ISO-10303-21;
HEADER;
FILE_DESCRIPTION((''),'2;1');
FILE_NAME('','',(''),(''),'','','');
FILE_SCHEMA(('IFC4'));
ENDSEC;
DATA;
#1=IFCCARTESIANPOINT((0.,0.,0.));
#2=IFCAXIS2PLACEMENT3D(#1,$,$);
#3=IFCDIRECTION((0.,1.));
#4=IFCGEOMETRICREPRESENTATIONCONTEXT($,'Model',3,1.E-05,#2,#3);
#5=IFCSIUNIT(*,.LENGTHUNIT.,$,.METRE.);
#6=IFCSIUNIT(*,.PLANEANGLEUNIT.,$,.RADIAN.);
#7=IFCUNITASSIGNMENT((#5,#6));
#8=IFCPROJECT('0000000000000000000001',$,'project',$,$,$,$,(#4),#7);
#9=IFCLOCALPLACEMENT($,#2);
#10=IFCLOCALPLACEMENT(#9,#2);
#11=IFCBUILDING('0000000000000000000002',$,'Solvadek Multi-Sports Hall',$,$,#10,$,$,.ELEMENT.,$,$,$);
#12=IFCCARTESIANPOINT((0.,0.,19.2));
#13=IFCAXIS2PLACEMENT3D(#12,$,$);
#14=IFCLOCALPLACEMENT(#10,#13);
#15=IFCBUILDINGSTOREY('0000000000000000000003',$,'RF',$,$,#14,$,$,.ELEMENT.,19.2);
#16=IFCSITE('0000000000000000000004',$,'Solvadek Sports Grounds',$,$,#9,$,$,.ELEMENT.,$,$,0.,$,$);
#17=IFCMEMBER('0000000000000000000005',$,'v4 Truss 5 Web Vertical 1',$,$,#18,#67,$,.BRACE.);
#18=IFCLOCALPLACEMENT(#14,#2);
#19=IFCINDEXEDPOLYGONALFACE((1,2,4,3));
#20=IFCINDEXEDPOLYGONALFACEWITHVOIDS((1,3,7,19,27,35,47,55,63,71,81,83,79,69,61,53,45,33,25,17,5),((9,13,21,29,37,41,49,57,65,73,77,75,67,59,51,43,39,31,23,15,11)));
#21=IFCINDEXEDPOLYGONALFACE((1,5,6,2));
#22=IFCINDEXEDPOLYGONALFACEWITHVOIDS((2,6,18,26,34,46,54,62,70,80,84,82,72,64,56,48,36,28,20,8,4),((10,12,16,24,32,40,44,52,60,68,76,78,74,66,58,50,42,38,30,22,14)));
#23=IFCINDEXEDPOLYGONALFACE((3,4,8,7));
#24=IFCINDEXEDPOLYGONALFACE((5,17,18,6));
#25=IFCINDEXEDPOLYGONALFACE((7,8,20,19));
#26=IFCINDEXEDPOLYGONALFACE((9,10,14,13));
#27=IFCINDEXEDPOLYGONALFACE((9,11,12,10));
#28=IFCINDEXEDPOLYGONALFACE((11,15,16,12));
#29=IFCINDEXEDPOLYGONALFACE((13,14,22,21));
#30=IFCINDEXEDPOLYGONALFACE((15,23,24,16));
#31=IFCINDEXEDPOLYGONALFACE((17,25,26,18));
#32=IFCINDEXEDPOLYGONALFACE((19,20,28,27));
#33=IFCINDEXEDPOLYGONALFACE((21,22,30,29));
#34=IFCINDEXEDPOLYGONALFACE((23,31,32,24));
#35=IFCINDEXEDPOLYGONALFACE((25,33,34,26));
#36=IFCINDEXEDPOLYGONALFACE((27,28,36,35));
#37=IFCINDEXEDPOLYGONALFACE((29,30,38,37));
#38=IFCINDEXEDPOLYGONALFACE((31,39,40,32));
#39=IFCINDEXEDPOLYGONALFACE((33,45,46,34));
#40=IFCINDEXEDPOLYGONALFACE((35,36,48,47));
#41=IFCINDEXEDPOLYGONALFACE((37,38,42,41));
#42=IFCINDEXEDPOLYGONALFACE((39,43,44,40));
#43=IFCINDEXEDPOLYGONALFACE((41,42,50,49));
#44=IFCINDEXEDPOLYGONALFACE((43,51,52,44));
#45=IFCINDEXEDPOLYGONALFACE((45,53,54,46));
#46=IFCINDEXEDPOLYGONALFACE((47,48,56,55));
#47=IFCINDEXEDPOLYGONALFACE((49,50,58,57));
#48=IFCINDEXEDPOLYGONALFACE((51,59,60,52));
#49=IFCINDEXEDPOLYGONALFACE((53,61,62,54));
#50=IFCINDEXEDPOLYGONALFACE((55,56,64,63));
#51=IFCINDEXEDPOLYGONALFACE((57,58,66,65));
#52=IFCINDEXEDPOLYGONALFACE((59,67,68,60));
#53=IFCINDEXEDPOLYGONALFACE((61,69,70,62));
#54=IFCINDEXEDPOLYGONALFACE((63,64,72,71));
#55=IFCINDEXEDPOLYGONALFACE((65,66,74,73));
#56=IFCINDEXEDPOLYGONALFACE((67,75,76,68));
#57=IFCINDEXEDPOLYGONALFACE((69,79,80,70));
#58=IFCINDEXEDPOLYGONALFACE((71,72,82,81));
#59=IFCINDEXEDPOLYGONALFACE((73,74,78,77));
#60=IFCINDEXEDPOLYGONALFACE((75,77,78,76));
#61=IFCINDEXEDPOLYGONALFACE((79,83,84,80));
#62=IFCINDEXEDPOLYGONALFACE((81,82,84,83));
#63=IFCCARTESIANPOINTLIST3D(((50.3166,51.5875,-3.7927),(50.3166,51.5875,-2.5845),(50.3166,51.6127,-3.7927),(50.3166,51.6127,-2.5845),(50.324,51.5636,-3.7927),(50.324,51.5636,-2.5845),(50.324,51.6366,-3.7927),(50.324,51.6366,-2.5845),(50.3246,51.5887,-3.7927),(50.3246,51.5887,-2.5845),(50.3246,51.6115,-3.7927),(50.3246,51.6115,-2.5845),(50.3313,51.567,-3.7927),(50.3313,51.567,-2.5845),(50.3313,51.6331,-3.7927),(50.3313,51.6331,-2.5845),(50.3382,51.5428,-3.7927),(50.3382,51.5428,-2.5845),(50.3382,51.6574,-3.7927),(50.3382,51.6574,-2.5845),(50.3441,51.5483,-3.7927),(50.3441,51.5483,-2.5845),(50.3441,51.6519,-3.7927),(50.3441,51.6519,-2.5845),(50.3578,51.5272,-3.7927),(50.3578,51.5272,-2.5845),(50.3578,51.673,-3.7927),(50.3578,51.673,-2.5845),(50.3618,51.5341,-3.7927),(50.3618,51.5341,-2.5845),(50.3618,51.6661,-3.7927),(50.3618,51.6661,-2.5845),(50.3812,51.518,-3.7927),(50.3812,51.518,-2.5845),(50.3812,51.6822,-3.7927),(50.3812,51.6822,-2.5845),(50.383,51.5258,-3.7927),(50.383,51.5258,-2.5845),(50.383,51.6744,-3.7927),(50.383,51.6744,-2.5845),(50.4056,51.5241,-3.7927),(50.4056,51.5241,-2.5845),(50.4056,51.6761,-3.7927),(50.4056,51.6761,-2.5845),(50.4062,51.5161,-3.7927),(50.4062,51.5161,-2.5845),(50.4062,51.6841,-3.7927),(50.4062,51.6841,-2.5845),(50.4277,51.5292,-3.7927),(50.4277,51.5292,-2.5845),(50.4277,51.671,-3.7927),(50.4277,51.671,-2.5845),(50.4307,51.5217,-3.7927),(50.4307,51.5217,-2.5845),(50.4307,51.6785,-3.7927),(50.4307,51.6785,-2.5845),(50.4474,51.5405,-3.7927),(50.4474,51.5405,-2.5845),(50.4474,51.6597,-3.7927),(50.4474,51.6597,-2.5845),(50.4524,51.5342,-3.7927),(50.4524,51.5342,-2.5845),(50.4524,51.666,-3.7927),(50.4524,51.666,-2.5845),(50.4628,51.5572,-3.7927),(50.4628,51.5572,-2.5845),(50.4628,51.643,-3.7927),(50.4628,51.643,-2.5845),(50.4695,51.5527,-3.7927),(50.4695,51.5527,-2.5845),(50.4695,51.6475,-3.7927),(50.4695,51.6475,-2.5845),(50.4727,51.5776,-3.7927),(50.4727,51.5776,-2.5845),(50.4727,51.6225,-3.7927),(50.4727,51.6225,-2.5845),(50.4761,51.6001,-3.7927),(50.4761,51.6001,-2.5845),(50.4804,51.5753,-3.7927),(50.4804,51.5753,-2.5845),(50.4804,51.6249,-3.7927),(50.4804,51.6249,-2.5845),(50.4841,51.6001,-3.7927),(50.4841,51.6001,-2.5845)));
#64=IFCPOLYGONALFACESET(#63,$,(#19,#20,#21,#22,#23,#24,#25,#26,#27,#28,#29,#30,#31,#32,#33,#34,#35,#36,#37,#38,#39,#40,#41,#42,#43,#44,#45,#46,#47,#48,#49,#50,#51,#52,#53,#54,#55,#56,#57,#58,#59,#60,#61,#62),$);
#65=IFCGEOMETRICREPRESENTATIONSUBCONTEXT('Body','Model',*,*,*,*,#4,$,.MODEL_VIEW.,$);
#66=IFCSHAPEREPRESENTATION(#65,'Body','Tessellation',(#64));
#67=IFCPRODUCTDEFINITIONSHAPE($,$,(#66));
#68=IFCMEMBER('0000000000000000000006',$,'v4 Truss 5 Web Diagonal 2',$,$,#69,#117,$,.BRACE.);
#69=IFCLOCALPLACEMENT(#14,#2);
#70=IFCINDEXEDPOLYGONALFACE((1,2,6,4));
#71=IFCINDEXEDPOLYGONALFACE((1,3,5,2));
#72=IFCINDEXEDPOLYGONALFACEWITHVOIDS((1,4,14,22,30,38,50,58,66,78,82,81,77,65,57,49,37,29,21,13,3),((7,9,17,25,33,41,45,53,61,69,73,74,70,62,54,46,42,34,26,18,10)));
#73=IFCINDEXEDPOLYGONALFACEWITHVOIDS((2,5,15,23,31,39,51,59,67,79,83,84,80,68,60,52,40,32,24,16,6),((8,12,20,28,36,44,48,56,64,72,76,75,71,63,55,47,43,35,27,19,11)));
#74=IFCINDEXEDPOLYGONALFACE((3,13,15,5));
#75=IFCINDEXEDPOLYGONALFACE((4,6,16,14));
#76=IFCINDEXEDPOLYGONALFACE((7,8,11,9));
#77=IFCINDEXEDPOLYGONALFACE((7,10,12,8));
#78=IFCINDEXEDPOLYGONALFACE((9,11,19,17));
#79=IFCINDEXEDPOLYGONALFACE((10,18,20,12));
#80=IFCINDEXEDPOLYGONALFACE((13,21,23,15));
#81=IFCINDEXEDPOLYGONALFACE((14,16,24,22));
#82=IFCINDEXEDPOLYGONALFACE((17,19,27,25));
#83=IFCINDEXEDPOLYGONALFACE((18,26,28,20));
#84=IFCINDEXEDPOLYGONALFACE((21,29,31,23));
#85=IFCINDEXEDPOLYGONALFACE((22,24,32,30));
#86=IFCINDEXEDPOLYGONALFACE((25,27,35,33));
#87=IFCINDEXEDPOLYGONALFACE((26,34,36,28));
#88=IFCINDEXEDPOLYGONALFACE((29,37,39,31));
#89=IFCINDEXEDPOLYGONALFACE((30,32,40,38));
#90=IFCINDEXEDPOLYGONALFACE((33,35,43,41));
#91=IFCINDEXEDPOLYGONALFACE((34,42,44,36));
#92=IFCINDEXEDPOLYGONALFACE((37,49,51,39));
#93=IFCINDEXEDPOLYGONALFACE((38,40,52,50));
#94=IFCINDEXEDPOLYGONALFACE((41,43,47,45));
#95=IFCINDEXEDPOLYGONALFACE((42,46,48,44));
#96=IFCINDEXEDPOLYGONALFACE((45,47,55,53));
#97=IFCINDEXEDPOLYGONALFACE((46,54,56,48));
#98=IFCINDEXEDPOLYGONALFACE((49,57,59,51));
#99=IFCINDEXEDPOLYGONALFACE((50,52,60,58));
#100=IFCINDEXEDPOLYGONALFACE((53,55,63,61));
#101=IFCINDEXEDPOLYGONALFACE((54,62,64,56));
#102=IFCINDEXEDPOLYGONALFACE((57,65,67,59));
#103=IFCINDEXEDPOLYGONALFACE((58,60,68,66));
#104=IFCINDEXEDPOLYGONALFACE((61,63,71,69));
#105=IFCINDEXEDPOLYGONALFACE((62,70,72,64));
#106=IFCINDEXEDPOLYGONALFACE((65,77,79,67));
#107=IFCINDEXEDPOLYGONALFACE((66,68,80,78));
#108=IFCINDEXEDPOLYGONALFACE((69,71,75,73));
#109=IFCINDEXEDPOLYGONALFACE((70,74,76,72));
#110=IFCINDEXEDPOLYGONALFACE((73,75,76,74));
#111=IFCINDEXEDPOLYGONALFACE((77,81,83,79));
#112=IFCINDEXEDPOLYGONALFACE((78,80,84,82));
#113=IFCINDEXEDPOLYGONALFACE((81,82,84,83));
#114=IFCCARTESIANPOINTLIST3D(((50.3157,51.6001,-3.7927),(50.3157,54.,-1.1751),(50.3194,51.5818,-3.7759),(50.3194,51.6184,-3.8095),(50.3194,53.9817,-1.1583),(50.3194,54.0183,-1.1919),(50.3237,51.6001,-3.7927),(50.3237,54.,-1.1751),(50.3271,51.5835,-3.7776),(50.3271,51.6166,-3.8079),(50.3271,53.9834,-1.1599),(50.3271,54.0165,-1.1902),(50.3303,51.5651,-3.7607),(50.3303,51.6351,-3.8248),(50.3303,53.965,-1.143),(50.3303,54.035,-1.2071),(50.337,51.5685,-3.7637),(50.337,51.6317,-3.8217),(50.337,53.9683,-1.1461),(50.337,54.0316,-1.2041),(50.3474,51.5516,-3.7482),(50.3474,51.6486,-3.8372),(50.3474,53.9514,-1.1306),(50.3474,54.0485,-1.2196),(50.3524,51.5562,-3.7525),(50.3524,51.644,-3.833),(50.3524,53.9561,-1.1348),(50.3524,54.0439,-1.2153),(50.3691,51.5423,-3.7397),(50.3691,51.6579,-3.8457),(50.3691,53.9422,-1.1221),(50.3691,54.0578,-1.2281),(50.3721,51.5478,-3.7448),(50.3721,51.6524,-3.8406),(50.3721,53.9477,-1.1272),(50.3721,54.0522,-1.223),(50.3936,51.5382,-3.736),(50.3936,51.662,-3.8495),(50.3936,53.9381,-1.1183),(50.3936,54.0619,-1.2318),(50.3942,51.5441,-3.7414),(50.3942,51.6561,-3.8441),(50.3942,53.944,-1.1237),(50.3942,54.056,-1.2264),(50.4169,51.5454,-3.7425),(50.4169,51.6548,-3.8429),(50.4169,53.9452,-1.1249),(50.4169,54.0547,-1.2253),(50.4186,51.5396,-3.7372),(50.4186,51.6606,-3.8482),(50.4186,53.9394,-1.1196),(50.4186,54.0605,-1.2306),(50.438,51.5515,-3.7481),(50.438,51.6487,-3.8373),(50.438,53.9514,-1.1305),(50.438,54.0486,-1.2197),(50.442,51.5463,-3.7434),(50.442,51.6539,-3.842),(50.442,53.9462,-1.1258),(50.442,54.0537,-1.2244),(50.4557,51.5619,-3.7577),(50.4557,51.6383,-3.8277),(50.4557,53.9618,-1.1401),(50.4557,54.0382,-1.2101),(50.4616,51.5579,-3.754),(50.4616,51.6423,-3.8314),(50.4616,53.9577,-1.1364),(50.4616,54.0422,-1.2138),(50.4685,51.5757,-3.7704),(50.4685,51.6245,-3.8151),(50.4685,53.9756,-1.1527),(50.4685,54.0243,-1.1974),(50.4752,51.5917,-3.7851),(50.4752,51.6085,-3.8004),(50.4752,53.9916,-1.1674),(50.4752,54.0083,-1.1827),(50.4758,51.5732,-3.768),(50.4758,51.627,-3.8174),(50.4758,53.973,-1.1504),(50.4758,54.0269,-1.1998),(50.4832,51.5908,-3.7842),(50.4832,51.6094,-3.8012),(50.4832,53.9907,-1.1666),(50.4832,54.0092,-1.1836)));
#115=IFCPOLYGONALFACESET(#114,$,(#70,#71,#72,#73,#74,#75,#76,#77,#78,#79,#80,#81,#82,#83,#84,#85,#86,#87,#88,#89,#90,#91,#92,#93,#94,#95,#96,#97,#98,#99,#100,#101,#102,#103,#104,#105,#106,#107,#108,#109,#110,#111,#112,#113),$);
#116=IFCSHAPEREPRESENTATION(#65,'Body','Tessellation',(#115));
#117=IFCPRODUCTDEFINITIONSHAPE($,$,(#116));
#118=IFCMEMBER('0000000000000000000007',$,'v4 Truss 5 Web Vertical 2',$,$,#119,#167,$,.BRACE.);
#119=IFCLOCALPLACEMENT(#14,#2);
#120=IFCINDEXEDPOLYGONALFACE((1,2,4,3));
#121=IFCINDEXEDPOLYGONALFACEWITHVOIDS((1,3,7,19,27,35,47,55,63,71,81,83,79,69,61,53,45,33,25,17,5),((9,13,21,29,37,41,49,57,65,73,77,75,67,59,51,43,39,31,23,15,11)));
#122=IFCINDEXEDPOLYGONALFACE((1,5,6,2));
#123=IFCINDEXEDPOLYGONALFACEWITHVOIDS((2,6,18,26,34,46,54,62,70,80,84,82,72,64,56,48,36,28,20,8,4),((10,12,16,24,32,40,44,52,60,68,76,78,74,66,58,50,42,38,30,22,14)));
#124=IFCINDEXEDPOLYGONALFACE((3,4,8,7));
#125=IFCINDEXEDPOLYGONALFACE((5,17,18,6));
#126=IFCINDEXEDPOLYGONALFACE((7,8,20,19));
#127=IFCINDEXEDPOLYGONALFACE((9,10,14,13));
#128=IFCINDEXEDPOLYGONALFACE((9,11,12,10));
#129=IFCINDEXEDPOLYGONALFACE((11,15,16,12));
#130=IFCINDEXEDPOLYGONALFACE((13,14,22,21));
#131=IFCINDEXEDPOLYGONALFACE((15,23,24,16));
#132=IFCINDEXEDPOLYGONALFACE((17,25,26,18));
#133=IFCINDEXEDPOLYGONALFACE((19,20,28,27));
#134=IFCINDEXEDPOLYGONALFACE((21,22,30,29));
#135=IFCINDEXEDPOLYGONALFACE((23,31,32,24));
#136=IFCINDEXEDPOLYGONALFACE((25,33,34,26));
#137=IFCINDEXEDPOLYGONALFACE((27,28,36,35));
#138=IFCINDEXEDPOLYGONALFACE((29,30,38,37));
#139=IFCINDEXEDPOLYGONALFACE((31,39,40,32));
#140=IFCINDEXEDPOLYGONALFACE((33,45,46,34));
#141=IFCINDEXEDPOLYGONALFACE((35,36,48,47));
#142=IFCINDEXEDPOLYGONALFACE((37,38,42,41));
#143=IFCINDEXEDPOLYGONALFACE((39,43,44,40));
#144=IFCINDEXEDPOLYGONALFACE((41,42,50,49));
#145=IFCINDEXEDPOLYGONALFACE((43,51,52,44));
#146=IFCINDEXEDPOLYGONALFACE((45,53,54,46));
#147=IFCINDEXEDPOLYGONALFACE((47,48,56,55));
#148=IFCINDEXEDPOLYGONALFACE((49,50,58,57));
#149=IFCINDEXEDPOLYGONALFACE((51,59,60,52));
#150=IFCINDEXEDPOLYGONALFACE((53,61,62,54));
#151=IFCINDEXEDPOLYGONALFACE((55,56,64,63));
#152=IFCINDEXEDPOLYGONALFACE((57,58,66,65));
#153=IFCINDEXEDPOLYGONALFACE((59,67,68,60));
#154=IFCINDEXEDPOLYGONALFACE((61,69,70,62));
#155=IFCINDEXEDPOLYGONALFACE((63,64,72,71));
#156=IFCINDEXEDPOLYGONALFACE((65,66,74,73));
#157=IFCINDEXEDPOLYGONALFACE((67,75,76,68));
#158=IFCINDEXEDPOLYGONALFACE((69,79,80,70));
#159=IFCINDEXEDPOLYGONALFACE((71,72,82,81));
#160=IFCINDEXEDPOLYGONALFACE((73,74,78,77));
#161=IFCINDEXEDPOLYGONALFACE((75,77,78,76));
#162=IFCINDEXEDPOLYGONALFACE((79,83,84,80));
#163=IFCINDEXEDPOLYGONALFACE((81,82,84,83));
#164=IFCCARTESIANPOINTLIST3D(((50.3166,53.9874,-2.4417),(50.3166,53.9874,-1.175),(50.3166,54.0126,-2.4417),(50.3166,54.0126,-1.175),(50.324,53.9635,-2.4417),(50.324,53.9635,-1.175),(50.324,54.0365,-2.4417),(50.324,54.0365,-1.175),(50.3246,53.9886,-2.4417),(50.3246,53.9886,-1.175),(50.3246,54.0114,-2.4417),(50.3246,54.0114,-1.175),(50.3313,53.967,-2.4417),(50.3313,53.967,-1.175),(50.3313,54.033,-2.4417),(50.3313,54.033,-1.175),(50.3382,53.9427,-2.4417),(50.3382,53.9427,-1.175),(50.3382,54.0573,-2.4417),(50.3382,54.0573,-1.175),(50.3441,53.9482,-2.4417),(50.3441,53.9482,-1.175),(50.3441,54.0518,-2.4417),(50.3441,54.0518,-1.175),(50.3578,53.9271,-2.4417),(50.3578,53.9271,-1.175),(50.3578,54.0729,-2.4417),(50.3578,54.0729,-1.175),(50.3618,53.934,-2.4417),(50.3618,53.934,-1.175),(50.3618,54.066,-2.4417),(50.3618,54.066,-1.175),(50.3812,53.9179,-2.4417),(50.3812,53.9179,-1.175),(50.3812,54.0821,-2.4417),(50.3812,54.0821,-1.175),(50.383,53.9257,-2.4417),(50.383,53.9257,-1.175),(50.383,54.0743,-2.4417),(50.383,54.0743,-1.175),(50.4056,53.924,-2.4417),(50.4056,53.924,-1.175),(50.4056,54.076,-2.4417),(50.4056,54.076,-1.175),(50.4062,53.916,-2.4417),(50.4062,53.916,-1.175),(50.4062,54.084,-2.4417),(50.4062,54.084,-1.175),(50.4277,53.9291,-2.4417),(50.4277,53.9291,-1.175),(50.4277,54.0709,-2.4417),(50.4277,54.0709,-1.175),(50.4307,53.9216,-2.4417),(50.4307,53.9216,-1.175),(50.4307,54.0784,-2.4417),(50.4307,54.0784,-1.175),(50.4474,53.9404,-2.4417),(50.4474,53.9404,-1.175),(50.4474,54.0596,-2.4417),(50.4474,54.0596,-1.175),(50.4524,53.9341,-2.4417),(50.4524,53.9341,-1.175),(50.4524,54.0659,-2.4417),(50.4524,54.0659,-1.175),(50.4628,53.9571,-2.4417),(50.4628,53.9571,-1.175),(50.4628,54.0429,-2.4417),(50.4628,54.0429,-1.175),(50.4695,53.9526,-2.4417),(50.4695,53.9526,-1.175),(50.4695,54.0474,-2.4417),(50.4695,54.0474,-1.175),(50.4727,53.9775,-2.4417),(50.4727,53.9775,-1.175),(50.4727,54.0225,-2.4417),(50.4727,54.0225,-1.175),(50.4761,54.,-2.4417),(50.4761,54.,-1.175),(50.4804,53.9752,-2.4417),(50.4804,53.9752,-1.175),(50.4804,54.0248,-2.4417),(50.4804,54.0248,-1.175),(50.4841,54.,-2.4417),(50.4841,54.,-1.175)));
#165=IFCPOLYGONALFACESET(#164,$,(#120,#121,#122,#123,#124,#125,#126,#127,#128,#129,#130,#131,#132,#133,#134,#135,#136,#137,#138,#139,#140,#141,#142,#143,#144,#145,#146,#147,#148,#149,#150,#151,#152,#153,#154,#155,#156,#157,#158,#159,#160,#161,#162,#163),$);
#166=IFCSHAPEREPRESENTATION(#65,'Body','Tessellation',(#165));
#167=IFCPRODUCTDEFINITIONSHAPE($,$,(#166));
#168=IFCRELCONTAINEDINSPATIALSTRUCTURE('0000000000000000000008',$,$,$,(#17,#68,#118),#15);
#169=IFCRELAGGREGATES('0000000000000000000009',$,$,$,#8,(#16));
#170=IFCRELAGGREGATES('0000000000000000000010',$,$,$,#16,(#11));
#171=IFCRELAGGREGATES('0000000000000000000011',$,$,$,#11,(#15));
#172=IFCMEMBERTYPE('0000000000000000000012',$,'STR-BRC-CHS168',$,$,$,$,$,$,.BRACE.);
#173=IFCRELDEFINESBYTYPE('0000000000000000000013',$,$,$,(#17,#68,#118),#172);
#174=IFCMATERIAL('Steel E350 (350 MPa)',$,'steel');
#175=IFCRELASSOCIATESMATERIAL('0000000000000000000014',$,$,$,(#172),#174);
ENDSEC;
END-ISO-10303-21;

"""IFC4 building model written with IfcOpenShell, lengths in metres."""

from ifc_helpers import new_model, si_unit, direction, frame, origin, origin_2d, place, context, subcontext, project, spatial, hollow_circle, extrude, material, material_profile, profile_set, type_object, element, save


model = new_model("IFC4")

# Units and contexts
model_context = context("Model", 3, precision=1e-05, world=origin(), true_north=direction((0.0, 1.0)))
body_context = subcontext(model_context, "Body", "Model", "MODEL_VIEW")
ifc_project = project(units=[si_unit("LENGTHUNIT", "METRE"), si_unit("PLANEANGLEUNIT", "RADIAN")], contexts=[model_context])

# Site, building, storey
site_placement = place(None, origin())
site = spatial("IfcSite", under=ifc_project, at=site_placement, Name="Solvadek Sports Grounds", CompositionType="ELEMENT", RefElevation=0.0)
building_placement = place(site_placement, origin())
building = spatial("IfcBuilding", under=site, at=building_placement, Name="Solvadek Multi-Sports Hall", CompositionType="ELEMENT")
storey_placement = place(building_placement, frame((0.0, 0.0, 19.2)))
storey = spatial("IfcBuildingStorey", under=building, at=storey_placement, Name="RF", CompositionType="ELEMENT", Elevation=19.2)

# Members
ifc_material_1 = material(Name="Steel E350 (350 MPa)", Category="steel")
ifc_material_profile_1 = material_profile(ifc_material_1, hollow_circle(Radius=0.0842, WallThickness=0.0081, at=origin_2d()), Name="CHS 168.3x8")
ifc_profile_set_1 = profile_set([ifc_material_profile_1], Name="Steel E350 (350 MPa)")
member_type_1 = type_object("IfcMemberType", Name="STR-BRC-CHS168", PredefinedType="BRACE", material=ifc_profile_set_1)
member_1_placement = place(storey_placement, frame((50.3999, 51.6001, -3.7927), z_axis=(0.0, 0.0, 1.0), x_axis=(1.0, 0.0, 0.0)))
element("IfcMember", 1, at=member_1_placement, inside=storey, type_object=member_type_1, Name="v4 Truss 5 Web Vertical 1", PredefinedType="BRACE", context=body_context, shape_type="SweptSolid", body=[
    extrude(hollow_circle(Radius=0.0842, WallThickness=0.0081, at=origin_2d()), origin(), (0.0, 0.0, 1.0), 1.2083),
])
member_2_placement = place(storey_placement, frame((50.3999, 51.6001, -3.7927), z_axis=(0.0, 0.675781, 0.737103), x_axis=(-1.0, 0.0, 0.0)))
element("IfcMember", 2, at=member_2_placement, inside=storey, type_object=member_type_1, Name="v4 Truss 5 Web Diagonal 2", PredefinedType="BRACE", context=body_context, shape_type="SweptSolid", body=[
    extrude(hollow_circle(Radius=0.0842, WallThickness=0.0081, at=origin_2d()), origin(), (0.0, 0.0, 1.0), 3.5513),
])
member_3_placement = place(storey_placement, frame((50.3999, 54.0, -2.4417), z_axis=(0.0, 0.0, 1.0), x_axis=(1.0, 0.0, 0.0)))
element("IfcMember", 3, at=member_3_placement, inside=storey, type_object=member_type_1, Name="v4 Truss 5 Web Vertical 2", PredefinedType="BRACE", context=body_context, shape_type="SweptSolid", body=[
    extrude(hollow_circle(Radius=0.0842, WallThickness=0.0081, at=origin_2d()), origin(), (0.0, 0.0, 1.0), 1.2666),
])

save(model, "model.ifc")
